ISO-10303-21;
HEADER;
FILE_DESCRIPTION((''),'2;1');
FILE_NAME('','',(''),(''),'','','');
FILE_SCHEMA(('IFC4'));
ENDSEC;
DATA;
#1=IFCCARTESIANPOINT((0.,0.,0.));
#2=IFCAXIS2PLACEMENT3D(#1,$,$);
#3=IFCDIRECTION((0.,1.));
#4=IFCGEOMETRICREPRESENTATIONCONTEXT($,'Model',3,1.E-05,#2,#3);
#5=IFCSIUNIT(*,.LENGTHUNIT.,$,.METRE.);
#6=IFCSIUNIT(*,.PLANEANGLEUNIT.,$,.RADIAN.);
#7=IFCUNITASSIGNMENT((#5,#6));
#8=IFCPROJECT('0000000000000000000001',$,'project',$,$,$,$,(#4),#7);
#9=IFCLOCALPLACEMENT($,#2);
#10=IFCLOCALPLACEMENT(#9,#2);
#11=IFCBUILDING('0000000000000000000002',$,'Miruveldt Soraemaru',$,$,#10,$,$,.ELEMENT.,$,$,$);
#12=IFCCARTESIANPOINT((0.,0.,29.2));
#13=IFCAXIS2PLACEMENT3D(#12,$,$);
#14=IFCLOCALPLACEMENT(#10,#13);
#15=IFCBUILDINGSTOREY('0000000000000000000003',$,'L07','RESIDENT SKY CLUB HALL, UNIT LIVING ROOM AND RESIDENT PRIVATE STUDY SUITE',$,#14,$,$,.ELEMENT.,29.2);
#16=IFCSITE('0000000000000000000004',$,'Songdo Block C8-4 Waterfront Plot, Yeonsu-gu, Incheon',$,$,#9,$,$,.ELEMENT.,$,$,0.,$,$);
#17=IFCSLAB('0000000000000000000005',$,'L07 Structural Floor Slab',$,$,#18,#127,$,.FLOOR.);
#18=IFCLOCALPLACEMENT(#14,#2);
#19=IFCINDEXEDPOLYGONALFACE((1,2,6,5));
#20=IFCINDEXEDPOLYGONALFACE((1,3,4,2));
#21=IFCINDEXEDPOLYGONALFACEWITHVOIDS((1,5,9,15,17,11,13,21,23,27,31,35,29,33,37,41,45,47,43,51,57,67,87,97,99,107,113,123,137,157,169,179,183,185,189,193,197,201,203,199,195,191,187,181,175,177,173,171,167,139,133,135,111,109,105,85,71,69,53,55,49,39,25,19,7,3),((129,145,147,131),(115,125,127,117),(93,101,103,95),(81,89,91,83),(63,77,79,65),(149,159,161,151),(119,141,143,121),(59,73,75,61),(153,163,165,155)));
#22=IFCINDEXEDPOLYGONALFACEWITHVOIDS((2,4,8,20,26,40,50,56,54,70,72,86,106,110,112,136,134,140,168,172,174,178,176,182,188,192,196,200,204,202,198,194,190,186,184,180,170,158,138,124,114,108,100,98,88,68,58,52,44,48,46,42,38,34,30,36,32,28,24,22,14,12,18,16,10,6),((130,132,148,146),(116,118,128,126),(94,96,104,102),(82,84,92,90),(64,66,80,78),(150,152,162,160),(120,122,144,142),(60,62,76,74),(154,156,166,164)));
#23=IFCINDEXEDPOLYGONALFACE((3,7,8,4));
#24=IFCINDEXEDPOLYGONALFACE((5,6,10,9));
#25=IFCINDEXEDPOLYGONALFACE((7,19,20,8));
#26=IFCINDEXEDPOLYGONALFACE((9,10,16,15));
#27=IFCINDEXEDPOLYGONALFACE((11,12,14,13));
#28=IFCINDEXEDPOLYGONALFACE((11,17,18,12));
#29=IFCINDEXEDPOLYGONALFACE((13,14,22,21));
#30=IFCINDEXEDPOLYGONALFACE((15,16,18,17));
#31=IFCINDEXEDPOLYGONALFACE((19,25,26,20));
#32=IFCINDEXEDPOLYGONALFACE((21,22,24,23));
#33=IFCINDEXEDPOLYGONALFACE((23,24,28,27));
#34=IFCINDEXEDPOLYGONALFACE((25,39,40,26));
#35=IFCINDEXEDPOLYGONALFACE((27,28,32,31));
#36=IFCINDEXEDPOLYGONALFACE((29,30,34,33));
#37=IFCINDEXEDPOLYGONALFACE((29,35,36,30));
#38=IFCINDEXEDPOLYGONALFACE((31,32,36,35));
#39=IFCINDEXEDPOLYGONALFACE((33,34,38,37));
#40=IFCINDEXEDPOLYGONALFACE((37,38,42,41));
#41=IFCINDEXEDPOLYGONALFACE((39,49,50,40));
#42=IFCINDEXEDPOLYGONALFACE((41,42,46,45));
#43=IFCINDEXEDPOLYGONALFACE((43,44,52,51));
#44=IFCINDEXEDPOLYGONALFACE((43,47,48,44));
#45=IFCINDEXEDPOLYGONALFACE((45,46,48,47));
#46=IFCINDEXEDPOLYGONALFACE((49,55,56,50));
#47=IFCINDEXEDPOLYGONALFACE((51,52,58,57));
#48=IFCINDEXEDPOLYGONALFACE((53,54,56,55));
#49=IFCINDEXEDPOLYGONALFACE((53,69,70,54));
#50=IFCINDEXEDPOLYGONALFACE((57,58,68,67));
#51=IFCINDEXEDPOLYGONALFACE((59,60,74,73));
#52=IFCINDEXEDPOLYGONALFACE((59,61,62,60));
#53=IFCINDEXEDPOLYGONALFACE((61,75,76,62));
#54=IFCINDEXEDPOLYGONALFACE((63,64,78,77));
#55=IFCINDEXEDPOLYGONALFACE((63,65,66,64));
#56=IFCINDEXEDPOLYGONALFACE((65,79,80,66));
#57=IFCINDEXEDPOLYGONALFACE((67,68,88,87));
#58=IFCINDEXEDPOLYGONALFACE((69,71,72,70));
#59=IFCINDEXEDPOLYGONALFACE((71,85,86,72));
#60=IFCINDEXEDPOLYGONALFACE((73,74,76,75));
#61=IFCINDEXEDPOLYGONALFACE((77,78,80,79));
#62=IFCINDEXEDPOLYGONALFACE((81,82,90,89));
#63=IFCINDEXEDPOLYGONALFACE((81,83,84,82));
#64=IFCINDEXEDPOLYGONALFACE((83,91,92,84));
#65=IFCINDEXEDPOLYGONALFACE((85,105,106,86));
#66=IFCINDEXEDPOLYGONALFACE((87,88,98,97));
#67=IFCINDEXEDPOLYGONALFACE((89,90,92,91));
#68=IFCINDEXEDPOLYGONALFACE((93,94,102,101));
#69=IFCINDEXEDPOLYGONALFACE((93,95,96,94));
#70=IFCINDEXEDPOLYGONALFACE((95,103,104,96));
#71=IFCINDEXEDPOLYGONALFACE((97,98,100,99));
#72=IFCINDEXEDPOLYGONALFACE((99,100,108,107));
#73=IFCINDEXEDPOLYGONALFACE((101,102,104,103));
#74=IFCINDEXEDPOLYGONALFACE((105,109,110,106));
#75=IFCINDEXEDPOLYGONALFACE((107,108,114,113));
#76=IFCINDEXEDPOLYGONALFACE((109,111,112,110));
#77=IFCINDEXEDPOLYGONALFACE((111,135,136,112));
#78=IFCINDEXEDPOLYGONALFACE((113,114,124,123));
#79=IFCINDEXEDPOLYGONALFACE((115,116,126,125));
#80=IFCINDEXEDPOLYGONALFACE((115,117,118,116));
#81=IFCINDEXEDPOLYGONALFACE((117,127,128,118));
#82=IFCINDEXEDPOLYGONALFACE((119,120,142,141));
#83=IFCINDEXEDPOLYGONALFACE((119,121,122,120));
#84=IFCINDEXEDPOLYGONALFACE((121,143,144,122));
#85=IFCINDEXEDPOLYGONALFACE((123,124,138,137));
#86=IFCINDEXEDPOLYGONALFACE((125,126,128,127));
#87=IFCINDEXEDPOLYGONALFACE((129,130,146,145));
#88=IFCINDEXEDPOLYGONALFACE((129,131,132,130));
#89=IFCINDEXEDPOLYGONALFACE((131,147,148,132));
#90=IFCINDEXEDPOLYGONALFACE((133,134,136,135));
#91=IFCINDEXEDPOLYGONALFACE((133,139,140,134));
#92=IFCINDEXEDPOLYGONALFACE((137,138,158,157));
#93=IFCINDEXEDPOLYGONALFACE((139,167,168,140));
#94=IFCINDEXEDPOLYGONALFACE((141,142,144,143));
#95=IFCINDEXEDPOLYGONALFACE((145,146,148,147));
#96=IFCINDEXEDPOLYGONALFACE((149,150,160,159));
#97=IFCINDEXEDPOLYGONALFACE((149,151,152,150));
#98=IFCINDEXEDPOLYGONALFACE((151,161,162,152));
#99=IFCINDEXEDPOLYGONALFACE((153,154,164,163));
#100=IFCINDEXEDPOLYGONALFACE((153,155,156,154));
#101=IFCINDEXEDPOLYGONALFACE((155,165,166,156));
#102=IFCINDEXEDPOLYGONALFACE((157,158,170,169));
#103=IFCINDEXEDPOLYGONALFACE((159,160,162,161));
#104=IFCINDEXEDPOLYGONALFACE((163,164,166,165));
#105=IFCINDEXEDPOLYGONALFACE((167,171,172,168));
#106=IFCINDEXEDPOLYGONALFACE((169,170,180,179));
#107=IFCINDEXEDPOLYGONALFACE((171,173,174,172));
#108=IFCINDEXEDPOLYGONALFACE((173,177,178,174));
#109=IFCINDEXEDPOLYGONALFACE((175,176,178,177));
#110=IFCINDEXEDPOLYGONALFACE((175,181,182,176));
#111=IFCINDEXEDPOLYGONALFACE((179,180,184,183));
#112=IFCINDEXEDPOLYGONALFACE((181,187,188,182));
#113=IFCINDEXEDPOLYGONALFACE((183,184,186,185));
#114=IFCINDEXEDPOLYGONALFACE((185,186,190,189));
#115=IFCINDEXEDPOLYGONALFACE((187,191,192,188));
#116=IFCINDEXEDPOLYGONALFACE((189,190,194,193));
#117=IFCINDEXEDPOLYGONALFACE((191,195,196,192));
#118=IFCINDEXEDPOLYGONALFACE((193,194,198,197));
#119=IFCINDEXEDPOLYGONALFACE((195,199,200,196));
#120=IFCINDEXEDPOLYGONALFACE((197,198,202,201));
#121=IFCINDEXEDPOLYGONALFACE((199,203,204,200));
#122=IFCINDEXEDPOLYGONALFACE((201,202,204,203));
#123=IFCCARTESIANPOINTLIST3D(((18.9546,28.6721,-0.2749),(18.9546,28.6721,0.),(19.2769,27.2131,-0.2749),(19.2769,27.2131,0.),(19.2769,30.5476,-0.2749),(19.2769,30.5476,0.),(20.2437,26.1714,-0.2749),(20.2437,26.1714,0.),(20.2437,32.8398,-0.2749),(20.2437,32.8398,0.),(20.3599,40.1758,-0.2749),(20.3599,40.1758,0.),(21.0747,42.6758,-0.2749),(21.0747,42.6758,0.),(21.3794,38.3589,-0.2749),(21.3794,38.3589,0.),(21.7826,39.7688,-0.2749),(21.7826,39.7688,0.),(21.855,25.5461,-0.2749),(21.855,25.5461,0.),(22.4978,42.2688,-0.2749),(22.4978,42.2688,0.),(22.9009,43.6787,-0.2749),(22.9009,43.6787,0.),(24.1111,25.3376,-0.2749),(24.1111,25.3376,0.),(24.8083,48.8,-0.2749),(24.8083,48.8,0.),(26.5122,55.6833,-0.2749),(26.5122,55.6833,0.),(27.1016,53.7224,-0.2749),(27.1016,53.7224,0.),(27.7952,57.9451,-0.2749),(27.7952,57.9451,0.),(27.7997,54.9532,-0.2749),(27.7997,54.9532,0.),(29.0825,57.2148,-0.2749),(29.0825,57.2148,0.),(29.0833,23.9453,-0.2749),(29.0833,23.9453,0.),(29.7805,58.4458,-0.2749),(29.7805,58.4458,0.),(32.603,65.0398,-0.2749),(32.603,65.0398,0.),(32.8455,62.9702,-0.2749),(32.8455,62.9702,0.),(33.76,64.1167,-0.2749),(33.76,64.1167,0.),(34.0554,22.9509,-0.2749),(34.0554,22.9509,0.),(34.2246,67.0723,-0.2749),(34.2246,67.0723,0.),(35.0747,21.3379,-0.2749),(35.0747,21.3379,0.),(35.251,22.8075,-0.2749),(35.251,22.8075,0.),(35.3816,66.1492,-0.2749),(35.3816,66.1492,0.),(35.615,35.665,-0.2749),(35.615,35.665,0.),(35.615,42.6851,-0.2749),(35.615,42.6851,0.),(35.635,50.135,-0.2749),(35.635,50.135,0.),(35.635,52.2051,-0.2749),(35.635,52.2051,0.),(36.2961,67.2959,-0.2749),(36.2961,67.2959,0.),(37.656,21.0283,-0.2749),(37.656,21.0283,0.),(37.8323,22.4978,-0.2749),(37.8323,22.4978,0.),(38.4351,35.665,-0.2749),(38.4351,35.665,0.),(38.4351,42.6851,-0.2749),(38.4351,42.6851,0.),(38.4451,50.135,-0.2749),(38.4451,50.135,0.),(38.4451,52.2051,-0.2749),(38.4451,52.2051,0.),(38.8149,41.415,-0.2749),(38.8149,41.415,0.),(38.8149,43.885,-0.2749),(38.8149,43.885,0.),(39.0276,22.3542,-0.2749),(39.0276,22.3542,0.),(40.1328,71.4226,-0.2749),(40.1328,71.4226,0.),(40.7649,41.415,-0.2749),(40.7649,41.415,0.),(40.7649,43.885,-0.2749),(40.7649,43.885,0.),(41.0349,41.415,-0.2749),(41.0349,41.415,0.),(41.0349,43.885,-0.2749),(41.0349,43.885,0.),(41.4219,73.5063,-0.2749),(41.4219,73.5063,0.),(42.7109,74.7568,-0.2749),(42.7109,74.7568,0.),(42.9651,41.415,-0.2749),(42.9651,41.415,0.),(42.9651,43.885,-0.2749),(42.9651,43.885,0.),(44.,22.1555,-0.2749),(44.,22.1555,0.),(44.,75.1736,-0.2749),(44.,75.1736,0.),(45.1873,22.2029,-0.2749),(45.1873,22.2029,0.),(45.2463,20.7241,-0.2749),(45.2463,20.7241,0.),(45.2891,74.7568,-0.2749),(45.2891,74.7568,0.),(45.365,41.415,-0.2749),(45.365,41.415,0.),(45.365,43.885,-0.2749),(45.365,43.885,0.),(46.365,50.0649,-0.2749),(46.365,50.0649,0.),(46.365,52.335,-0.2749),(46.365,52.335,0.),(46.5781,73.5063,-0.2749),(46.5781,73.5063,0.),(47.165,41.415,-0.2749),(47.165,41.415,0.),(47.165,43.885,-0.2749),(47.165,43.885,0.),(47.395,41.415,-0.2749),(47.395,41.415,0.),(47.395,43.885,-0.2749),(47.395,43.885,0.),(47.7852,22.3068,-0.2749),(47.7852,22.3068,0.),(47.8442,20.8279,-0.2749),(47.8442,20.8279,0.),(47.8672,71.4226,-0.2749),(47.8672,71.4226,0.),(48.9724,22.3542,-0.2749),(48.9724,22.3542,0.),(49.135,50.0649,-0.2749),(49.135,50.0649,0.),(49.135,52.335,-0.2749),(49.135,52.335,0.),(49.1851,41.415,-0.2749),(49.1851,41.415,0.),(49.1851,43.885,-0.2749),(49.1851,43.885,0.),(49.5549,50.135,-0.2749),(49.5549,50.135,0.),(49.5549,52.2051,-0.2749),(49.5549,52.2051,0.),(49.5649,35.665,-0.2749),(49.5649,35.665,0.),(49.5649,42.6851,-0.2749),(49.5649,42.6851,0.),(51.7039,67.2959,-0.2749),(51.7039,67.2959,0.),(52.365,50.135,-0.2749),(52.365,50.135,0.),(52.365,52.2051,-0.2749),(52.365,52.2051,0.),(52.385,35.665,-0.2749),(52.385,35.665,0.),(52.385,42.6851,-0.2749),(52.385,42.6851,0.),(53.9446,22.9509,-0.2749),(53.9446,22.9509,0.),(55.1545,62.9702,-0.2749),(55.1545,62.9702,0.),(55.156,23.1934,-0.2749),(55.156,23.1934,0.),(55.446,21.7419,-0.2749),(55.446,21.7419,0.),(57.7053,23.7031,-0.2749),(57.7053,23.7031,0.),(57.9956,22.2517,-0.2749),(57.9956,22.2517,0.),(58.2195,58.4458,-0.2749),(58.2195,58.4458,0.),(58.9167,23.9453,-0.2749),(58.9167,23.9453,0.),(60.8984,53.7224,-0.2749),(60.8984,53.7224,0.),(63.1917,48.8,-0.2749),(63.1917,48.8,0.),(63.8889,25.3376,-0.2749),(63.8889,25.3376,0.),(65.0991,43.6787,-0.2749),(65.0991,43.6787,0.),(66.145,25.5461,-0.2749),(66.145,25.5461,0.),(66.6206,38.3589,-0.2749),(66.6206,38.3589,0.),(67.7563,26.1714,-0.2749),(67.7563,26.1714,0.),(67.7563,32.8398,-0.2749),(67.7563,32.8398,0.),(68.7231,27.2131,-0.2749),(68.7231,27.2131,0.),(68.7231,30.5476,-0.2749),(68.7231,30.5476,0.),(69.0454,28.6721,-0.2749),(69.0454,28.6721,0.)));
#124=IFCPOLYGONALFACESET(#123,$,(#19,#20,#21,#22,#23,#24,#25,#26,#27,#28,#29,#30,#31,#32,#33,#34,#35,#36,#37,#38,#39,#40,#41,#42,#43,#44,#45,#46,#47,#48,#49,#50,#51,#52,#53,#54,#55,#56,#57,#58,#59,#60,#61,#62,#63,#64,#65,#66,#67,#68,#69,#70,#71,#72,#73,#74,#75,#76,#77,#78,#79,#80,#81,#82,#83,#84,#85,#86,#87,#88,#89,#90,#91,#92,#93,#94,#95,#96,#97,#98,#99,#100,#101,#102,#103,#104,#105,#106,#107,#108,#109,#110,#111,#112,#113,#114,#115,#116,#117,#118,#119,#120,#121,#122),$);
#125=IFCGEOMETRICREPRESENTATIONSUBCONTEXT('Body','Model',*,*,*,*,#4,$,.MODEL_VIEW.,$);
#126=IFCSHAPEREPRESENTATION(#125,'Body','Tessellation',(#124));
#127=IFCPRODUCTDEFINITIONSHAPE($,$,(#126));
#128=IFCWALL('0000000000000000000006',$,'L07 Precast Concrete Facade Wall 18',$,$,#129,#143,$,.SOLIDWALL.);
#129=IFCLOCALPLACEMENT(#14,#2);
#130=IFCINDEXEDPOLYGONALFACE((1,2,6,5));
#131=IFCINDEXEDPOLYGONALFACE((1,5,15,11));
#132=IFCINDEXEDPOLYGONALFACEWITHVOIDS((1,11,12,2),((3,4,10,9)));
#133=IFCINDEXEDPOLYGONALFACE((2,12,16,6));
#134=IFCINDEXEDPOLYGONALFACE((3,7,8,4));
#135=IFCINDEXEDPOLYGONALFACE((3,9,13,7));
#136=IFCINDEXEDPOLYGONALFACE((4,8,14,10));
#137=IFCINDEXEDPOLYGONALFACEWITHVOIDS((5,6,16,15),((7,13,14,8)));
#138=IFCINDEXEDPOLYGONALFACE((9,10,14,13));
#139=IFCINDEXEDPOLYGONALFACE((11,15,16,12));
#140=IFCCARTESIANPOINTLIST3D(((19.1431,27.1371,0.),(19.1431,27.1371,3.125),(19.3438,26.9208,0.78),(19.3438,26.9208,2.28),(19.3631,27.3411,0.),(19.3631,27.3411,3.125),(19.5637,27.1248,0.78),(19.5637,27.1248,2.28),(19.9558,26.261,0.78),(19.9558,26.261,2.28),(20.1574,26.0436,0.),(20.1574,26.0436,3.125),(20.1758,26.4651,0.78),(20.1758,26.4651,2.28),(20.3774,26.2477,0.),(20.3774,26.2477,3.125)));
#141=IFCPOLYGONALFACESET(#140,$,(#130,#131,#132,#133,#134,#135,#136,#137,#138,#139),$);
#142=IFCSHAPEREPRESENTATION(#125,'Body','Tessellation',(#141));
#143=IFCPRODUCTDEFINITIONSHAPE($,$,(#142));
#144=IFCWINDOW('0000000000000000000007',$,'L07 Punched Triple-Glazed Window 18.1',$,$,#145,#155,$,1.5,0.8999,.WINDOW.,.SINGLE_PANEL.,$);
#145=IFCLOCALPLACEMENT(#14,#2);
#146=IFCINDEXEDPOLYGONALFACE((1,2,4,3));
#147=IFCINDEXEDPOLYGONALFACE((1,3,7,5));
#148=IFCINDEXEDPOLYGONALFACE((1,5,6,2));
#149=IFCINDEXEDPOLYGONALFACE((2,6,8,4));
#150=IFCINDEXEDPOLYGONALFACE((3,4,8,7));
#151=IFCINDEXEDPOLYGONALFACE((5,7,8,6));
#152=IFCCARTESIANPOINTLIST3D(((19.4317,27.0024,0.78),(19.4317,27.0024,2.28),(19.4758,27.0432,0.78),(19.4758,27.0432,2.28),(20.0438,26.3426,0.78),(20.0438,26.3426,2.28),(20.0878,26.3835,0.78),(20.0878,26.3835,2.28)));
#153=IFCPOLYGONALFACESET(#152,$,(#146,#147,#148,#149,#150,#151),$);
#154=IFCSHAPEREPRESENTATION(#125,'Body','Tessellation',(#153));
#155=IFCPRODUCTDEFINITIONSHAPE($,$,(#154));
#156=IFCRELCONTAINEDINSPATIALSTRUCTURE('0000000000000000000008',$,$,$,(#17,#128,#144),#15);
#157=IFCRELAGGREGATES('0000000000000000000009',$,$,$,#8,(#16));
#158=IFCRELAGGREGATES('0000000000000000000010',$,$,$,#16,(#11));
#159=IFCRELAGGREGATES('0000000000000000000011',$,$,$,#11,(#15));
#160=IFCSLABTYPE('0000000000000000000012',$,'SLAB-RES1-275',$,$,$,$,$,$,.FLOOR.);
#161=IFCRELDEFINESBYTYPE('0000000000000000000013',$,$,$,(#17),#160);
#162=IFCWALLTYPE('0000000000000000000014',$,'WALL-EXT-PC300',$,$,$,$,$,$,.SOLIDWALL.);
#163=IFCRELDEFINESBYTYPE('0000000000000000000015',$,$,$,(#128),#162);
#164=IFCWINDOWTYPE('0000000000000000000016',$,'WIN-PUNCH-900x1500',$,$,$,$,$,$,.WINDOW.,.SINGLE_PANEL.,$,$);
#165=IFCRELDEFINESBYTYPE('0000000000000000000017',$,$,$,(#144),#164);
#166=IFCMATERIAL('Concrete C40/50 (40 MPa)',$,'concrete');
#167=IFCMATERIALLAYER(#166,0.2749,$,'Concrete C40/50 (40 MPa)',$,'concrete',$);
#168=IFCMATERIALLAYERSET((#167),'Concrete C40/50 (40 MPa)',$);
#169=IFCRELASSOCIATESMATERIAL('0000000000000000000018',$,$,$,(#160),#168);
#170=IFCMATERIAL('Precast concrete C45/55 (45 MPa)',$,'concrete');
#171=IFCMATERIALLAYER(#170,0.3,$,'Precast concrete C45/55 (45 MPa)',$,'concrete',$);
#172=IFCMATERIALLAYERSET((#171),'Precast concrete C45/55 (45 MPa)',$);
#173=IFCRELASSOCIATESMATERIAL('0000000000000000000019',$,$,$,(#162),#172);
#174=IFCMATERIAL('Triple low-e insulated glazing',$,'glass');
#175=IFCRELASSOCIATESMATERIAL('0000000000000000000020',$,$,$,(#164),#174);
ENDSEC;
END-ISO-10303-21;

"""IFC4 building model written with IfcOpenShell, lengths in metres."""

from ifc_helpers import new_model, si_unit, direction, frame, frame_2d, origin, place, context, subcontext, project, spatial, polyline, rectangle, outline, extrude, material, layer, layer_set, type_object, element, fill, save


model = new_model("IFC4")

# Units and contexts
model_context = context("Model", 3, precision=1e-05, world=origin(), true_north=direction((0.0, 1.0)))
body_context = subcontext(model_context, "Body", "Model", "MODEL_VIEW")
ifc_project = project(units=[si_unit("LENGTHUNIT", "METRE"), si_unit("PLANEANGLEUNIT", "RADIAN")], contexts=[model_context])

# Site, building, storey
site_placement = place(None, origin())
site = spatial("IfcSite", under=ifc_project, at=site_placement, Name="Songdo Block C8-4 Waterfront Plot, Yeonsu-gu, Incheon", CompositionType="ELEMENT", RefElevation=0.0)
building_placement = place(site_placement, origin())
building = spatial("IfcBuilding", under=site, at=building_placement, Name="Miruveldt Soraemaru", CompositionType="ELEMENT")
storey_placement = place(building_placement, frame((0.0, 0.0, 29.2)))
storey = spatial("IfcBuildingStorey", under=building, at=storey_placement, Name="L07", Description="RESIDENT SKY CLUB HALL, UNIT LIVING ROOM AND RESIDENT PRIVATE STUDY SUITE", CompositionType="ELEMENT", Elevation=29.2)

# Shared definitions
ifc_material_1 = material(Name="Concrete C40/50 (40 MPa)", Category="concrete")

# Slab
ifc_material_2 = material(Name="Precast concrete C45/55 (45 MPa)", Category="concrete")
ifc_layer_1 = layer(ifc_material_1, 0.2749, Name="Concrete C40/50 (40 MPa)", Category="concrete")
ifc_layer_set_1 = layer_set([ifc_layer_1], Name="Concrete C40/50 (40 MPa)")
slab_type_1 = type_object("IfcSlabType", Name="SLAB-RES1-275", PredefinedType="FLOOR", material=ifc_layer_set_1)
slab_1_placement = place(storey_placement, frame((0.0, 0.0, -0.2749)))
element("IfcSlab", 1, at=slab_1_placement, inside=storey, type_object=slab_type_1, Name="L07 Structural Floor Slab", PredefinedType="FLOOR", context=body_context, shape_type="SweptSolid", body=[
    extrude(outline(polyline([(45.2463, 20.7241), (45.1873, 22.2029), (44.0, 22.1555), (39.0276, 22.3542), (37.8323, 22.4978), (37.656, 21.0283), (35.0747, 21.3379), (35.251, 22.8076), (36.5415, 22.6526), (34.0554, 22.9509), (29.0833, 23.9453), (24.1111, 25.3376), (21.855, 25.5461), (20.2437, 26.1714), (19.2769, 27.2131), (18.9546, 28.6721), (19.2769, 30.5476), (20.2437, 32.8398), (21.3794, 38.3589), (22.1401, 41.0188), (21.7827, 39.7688), (20.3599, 40.1758), (21.0747, 42.6758), (22.4978, 42.2688), (22.9009, 43.6787), (24.8083, 48.8), (27.1016, 53.7224), (28.4412, 56.084), (27.7998, 54.9531), (26.5122, 55.6833), (27.7952, 57.9451), (29.0825, 57.2148), (29.7805, 58.4458), (32.8455, 62.9702), (34.5708, 65.1331), (33.76, 64.1167), (32.603, 65.0398), (34.2246, 67.0723), (35.3816, 66.1492), (36.2961, 67.2959), (40.1328, 71.4226), (41.4219, 73.5063), (42.7109, 74.7568), (44.0, 75.1736), (45.2891, 74.7568), (46.5781, 73.5063), (47.8672, 71.4226), (51.7039, 67.2959), (55.1545, 62.9702), (58.2195, 58.4458), (60.8984, 53.7224), (63.1917, 48.8), (65.0991, 43.6787), (66.6206, 38.3589), (67.7563, 32.8398), (68.7231, 30.5476), (69.0454, 28.6721), (68.7231, 27.2131), (67.7563, 26.1714), (66.145, 25.5461), (63.8889, 25.3376), (58.9167, 23.9453), (56.4307, 23.4482), (57.7053, 23.7031), (57.9956, 22.2517), (55.446, 21.7419), (55.156, 23.1934), (53.9446, 22.9509), (48.9724, 22.3542), (46.4861, 22.2549), (47.7852, 22.3069), (47.8442, 20.8279), (45.2463, 20.7241)]), holes=[polyline([(35.615, 35.665), (38.4351, 35.665), (38.4351, 42.6851), (35.615, 42.6851), (35.615, 35.665)]), polyline([(49.5649, 35.665), (52.385, 35.665), (52.385, 42.6851), (49.5649, 42.6851), (49.5649, 35.665)]), polyline([(40.7649, 41.415), (40.7649, 43.885), (38.8149, 43.885), (38.8149, 41.415), (40.7649, 41.415)]), polyline([(42.9651, 41.415), (42.9651, 43.885), (41.0349, 43.885), (41.0349, 41.415), (42.9651, 41.415)]), polyline([(47.165, 41.415), (47.165, 43.885), (45.365, 43.885), (45.365, 41.415), (47.165, 41.415)]), polyline([(49.1851, 41.415), (49.1851, 43.885), (47.395, 43.885), (47.395, 41.415), (49.1851, 41.415)]), polyline([(38.4451, 50.135), (38.4451, 52.2051), (35.635, 52.2051), (35.635, 50.135), (38.4451, 50.135)]), polyline([(49.5549, 50.135), (52.365, 50.135), (52.365, 52.2051), (49.5549, 52.2051), (49.5549, 50.135)]), polyline([(46.365, 50.0649), (49.135, 50.0649), (49.135, 52.335), (46.365, 52.335), (46.365, 50.0649)])]), origin(), (0.0, 0.0, 1.0), 0.2749),
])

# Shared definitions
ifc_material_3 = material(Name="Triple low-e insulated glazing", Category="glass")

# Wall, opening, window
ifc_layer_2 = layer(ifc_material_2, 0.3, Name="Precast concrete C45/55 (45 MPa)", Category="concrete")
ifc_layer_set_2 = layer_set([ifc_layer_2], Name="Precast concrete C45/55 (45 MPa)")
wall_type_1 = type_object("IfcWallType", Name="WALL-EXT-PC300", PredefinedType="SOLIDWALL", material=ifc_layer_set_2)
wall_1_placement = place(storey_placement, frame((19.2532, 27.239, 0.0), z_axis=(0.0, 0.0, 1.0), x_axis=(0.680093, -0.733126, 0.0)))
wall_1 = element("IfcWall", 2, at=wall_1_placement, inside=storey, type_object=wall_type_1, Name="L07 Precast Concrete Facade Wall 18", PredefinedType="SOLIDWALL", context=body_context, shape_type="SweptSolid", body=[
    extrude(rectangle(XDim=1.4915, YDim=0.3, at=frame_2d((0.7456, 0.0))), origin(), (0.0, 0.0, 1.0), 3.125),
])
opening_1_placement = place(wall_1_placement, frame((0.2949, 0.0, 0.78)))
opening_1 = element("IfcOpeningElement", 3, at=opening_1_placement, cuts=wall_1, PredefinedType="OPENING", context=body_context, shape_type="SweptSolid", body=[
    extrude(rectangle(XDim=0.8999, YDim=1.5, at=frame_2d((0.45, 0.75))), frame((0.0, 0.1602, 0.0), z_axis=(0.0, -1.0, 0.0), x_axis=(1.0, 0.0, 0.0)), (0.0, 0.0, 1.0), 0.3201),
])
window_type_1 = type_object("IfcWindowType", Name="WIN-PUNCH-900x1500", PartitioningType="SINGLE_PANEL", PredefinedType="WINDOW", material=ifc_material_3)
window_1_placement = place(opening_1_placement, origin())
window_1 = element("IfcWindow", 4, at=window_1_placement, inside=storey, type_object=window_type_1, Name="L07 Punched Triple-Glazed Window 18.1", OverallHeight=1.5, OverallWidth=0.8999, PartitioningType="SINGLE_PANEL", PredefinedType="WINDOW", context=body_context, shape_type="SweptSolid", body=[
    extrude(rectangle(XDim=0.8999, YDim=1.5, at=frame_2d((0.45, 0.75))), frame((0.0, 0.03, 0.0), z_axis=(0.0, -1.0, 0.0), x_axis=(1.0, 0.0, 0.0)), (0.0, 0.0, 1.0), 0.0601),
])
fill(opening_1, window_1)

save(model, "model.ifc")
